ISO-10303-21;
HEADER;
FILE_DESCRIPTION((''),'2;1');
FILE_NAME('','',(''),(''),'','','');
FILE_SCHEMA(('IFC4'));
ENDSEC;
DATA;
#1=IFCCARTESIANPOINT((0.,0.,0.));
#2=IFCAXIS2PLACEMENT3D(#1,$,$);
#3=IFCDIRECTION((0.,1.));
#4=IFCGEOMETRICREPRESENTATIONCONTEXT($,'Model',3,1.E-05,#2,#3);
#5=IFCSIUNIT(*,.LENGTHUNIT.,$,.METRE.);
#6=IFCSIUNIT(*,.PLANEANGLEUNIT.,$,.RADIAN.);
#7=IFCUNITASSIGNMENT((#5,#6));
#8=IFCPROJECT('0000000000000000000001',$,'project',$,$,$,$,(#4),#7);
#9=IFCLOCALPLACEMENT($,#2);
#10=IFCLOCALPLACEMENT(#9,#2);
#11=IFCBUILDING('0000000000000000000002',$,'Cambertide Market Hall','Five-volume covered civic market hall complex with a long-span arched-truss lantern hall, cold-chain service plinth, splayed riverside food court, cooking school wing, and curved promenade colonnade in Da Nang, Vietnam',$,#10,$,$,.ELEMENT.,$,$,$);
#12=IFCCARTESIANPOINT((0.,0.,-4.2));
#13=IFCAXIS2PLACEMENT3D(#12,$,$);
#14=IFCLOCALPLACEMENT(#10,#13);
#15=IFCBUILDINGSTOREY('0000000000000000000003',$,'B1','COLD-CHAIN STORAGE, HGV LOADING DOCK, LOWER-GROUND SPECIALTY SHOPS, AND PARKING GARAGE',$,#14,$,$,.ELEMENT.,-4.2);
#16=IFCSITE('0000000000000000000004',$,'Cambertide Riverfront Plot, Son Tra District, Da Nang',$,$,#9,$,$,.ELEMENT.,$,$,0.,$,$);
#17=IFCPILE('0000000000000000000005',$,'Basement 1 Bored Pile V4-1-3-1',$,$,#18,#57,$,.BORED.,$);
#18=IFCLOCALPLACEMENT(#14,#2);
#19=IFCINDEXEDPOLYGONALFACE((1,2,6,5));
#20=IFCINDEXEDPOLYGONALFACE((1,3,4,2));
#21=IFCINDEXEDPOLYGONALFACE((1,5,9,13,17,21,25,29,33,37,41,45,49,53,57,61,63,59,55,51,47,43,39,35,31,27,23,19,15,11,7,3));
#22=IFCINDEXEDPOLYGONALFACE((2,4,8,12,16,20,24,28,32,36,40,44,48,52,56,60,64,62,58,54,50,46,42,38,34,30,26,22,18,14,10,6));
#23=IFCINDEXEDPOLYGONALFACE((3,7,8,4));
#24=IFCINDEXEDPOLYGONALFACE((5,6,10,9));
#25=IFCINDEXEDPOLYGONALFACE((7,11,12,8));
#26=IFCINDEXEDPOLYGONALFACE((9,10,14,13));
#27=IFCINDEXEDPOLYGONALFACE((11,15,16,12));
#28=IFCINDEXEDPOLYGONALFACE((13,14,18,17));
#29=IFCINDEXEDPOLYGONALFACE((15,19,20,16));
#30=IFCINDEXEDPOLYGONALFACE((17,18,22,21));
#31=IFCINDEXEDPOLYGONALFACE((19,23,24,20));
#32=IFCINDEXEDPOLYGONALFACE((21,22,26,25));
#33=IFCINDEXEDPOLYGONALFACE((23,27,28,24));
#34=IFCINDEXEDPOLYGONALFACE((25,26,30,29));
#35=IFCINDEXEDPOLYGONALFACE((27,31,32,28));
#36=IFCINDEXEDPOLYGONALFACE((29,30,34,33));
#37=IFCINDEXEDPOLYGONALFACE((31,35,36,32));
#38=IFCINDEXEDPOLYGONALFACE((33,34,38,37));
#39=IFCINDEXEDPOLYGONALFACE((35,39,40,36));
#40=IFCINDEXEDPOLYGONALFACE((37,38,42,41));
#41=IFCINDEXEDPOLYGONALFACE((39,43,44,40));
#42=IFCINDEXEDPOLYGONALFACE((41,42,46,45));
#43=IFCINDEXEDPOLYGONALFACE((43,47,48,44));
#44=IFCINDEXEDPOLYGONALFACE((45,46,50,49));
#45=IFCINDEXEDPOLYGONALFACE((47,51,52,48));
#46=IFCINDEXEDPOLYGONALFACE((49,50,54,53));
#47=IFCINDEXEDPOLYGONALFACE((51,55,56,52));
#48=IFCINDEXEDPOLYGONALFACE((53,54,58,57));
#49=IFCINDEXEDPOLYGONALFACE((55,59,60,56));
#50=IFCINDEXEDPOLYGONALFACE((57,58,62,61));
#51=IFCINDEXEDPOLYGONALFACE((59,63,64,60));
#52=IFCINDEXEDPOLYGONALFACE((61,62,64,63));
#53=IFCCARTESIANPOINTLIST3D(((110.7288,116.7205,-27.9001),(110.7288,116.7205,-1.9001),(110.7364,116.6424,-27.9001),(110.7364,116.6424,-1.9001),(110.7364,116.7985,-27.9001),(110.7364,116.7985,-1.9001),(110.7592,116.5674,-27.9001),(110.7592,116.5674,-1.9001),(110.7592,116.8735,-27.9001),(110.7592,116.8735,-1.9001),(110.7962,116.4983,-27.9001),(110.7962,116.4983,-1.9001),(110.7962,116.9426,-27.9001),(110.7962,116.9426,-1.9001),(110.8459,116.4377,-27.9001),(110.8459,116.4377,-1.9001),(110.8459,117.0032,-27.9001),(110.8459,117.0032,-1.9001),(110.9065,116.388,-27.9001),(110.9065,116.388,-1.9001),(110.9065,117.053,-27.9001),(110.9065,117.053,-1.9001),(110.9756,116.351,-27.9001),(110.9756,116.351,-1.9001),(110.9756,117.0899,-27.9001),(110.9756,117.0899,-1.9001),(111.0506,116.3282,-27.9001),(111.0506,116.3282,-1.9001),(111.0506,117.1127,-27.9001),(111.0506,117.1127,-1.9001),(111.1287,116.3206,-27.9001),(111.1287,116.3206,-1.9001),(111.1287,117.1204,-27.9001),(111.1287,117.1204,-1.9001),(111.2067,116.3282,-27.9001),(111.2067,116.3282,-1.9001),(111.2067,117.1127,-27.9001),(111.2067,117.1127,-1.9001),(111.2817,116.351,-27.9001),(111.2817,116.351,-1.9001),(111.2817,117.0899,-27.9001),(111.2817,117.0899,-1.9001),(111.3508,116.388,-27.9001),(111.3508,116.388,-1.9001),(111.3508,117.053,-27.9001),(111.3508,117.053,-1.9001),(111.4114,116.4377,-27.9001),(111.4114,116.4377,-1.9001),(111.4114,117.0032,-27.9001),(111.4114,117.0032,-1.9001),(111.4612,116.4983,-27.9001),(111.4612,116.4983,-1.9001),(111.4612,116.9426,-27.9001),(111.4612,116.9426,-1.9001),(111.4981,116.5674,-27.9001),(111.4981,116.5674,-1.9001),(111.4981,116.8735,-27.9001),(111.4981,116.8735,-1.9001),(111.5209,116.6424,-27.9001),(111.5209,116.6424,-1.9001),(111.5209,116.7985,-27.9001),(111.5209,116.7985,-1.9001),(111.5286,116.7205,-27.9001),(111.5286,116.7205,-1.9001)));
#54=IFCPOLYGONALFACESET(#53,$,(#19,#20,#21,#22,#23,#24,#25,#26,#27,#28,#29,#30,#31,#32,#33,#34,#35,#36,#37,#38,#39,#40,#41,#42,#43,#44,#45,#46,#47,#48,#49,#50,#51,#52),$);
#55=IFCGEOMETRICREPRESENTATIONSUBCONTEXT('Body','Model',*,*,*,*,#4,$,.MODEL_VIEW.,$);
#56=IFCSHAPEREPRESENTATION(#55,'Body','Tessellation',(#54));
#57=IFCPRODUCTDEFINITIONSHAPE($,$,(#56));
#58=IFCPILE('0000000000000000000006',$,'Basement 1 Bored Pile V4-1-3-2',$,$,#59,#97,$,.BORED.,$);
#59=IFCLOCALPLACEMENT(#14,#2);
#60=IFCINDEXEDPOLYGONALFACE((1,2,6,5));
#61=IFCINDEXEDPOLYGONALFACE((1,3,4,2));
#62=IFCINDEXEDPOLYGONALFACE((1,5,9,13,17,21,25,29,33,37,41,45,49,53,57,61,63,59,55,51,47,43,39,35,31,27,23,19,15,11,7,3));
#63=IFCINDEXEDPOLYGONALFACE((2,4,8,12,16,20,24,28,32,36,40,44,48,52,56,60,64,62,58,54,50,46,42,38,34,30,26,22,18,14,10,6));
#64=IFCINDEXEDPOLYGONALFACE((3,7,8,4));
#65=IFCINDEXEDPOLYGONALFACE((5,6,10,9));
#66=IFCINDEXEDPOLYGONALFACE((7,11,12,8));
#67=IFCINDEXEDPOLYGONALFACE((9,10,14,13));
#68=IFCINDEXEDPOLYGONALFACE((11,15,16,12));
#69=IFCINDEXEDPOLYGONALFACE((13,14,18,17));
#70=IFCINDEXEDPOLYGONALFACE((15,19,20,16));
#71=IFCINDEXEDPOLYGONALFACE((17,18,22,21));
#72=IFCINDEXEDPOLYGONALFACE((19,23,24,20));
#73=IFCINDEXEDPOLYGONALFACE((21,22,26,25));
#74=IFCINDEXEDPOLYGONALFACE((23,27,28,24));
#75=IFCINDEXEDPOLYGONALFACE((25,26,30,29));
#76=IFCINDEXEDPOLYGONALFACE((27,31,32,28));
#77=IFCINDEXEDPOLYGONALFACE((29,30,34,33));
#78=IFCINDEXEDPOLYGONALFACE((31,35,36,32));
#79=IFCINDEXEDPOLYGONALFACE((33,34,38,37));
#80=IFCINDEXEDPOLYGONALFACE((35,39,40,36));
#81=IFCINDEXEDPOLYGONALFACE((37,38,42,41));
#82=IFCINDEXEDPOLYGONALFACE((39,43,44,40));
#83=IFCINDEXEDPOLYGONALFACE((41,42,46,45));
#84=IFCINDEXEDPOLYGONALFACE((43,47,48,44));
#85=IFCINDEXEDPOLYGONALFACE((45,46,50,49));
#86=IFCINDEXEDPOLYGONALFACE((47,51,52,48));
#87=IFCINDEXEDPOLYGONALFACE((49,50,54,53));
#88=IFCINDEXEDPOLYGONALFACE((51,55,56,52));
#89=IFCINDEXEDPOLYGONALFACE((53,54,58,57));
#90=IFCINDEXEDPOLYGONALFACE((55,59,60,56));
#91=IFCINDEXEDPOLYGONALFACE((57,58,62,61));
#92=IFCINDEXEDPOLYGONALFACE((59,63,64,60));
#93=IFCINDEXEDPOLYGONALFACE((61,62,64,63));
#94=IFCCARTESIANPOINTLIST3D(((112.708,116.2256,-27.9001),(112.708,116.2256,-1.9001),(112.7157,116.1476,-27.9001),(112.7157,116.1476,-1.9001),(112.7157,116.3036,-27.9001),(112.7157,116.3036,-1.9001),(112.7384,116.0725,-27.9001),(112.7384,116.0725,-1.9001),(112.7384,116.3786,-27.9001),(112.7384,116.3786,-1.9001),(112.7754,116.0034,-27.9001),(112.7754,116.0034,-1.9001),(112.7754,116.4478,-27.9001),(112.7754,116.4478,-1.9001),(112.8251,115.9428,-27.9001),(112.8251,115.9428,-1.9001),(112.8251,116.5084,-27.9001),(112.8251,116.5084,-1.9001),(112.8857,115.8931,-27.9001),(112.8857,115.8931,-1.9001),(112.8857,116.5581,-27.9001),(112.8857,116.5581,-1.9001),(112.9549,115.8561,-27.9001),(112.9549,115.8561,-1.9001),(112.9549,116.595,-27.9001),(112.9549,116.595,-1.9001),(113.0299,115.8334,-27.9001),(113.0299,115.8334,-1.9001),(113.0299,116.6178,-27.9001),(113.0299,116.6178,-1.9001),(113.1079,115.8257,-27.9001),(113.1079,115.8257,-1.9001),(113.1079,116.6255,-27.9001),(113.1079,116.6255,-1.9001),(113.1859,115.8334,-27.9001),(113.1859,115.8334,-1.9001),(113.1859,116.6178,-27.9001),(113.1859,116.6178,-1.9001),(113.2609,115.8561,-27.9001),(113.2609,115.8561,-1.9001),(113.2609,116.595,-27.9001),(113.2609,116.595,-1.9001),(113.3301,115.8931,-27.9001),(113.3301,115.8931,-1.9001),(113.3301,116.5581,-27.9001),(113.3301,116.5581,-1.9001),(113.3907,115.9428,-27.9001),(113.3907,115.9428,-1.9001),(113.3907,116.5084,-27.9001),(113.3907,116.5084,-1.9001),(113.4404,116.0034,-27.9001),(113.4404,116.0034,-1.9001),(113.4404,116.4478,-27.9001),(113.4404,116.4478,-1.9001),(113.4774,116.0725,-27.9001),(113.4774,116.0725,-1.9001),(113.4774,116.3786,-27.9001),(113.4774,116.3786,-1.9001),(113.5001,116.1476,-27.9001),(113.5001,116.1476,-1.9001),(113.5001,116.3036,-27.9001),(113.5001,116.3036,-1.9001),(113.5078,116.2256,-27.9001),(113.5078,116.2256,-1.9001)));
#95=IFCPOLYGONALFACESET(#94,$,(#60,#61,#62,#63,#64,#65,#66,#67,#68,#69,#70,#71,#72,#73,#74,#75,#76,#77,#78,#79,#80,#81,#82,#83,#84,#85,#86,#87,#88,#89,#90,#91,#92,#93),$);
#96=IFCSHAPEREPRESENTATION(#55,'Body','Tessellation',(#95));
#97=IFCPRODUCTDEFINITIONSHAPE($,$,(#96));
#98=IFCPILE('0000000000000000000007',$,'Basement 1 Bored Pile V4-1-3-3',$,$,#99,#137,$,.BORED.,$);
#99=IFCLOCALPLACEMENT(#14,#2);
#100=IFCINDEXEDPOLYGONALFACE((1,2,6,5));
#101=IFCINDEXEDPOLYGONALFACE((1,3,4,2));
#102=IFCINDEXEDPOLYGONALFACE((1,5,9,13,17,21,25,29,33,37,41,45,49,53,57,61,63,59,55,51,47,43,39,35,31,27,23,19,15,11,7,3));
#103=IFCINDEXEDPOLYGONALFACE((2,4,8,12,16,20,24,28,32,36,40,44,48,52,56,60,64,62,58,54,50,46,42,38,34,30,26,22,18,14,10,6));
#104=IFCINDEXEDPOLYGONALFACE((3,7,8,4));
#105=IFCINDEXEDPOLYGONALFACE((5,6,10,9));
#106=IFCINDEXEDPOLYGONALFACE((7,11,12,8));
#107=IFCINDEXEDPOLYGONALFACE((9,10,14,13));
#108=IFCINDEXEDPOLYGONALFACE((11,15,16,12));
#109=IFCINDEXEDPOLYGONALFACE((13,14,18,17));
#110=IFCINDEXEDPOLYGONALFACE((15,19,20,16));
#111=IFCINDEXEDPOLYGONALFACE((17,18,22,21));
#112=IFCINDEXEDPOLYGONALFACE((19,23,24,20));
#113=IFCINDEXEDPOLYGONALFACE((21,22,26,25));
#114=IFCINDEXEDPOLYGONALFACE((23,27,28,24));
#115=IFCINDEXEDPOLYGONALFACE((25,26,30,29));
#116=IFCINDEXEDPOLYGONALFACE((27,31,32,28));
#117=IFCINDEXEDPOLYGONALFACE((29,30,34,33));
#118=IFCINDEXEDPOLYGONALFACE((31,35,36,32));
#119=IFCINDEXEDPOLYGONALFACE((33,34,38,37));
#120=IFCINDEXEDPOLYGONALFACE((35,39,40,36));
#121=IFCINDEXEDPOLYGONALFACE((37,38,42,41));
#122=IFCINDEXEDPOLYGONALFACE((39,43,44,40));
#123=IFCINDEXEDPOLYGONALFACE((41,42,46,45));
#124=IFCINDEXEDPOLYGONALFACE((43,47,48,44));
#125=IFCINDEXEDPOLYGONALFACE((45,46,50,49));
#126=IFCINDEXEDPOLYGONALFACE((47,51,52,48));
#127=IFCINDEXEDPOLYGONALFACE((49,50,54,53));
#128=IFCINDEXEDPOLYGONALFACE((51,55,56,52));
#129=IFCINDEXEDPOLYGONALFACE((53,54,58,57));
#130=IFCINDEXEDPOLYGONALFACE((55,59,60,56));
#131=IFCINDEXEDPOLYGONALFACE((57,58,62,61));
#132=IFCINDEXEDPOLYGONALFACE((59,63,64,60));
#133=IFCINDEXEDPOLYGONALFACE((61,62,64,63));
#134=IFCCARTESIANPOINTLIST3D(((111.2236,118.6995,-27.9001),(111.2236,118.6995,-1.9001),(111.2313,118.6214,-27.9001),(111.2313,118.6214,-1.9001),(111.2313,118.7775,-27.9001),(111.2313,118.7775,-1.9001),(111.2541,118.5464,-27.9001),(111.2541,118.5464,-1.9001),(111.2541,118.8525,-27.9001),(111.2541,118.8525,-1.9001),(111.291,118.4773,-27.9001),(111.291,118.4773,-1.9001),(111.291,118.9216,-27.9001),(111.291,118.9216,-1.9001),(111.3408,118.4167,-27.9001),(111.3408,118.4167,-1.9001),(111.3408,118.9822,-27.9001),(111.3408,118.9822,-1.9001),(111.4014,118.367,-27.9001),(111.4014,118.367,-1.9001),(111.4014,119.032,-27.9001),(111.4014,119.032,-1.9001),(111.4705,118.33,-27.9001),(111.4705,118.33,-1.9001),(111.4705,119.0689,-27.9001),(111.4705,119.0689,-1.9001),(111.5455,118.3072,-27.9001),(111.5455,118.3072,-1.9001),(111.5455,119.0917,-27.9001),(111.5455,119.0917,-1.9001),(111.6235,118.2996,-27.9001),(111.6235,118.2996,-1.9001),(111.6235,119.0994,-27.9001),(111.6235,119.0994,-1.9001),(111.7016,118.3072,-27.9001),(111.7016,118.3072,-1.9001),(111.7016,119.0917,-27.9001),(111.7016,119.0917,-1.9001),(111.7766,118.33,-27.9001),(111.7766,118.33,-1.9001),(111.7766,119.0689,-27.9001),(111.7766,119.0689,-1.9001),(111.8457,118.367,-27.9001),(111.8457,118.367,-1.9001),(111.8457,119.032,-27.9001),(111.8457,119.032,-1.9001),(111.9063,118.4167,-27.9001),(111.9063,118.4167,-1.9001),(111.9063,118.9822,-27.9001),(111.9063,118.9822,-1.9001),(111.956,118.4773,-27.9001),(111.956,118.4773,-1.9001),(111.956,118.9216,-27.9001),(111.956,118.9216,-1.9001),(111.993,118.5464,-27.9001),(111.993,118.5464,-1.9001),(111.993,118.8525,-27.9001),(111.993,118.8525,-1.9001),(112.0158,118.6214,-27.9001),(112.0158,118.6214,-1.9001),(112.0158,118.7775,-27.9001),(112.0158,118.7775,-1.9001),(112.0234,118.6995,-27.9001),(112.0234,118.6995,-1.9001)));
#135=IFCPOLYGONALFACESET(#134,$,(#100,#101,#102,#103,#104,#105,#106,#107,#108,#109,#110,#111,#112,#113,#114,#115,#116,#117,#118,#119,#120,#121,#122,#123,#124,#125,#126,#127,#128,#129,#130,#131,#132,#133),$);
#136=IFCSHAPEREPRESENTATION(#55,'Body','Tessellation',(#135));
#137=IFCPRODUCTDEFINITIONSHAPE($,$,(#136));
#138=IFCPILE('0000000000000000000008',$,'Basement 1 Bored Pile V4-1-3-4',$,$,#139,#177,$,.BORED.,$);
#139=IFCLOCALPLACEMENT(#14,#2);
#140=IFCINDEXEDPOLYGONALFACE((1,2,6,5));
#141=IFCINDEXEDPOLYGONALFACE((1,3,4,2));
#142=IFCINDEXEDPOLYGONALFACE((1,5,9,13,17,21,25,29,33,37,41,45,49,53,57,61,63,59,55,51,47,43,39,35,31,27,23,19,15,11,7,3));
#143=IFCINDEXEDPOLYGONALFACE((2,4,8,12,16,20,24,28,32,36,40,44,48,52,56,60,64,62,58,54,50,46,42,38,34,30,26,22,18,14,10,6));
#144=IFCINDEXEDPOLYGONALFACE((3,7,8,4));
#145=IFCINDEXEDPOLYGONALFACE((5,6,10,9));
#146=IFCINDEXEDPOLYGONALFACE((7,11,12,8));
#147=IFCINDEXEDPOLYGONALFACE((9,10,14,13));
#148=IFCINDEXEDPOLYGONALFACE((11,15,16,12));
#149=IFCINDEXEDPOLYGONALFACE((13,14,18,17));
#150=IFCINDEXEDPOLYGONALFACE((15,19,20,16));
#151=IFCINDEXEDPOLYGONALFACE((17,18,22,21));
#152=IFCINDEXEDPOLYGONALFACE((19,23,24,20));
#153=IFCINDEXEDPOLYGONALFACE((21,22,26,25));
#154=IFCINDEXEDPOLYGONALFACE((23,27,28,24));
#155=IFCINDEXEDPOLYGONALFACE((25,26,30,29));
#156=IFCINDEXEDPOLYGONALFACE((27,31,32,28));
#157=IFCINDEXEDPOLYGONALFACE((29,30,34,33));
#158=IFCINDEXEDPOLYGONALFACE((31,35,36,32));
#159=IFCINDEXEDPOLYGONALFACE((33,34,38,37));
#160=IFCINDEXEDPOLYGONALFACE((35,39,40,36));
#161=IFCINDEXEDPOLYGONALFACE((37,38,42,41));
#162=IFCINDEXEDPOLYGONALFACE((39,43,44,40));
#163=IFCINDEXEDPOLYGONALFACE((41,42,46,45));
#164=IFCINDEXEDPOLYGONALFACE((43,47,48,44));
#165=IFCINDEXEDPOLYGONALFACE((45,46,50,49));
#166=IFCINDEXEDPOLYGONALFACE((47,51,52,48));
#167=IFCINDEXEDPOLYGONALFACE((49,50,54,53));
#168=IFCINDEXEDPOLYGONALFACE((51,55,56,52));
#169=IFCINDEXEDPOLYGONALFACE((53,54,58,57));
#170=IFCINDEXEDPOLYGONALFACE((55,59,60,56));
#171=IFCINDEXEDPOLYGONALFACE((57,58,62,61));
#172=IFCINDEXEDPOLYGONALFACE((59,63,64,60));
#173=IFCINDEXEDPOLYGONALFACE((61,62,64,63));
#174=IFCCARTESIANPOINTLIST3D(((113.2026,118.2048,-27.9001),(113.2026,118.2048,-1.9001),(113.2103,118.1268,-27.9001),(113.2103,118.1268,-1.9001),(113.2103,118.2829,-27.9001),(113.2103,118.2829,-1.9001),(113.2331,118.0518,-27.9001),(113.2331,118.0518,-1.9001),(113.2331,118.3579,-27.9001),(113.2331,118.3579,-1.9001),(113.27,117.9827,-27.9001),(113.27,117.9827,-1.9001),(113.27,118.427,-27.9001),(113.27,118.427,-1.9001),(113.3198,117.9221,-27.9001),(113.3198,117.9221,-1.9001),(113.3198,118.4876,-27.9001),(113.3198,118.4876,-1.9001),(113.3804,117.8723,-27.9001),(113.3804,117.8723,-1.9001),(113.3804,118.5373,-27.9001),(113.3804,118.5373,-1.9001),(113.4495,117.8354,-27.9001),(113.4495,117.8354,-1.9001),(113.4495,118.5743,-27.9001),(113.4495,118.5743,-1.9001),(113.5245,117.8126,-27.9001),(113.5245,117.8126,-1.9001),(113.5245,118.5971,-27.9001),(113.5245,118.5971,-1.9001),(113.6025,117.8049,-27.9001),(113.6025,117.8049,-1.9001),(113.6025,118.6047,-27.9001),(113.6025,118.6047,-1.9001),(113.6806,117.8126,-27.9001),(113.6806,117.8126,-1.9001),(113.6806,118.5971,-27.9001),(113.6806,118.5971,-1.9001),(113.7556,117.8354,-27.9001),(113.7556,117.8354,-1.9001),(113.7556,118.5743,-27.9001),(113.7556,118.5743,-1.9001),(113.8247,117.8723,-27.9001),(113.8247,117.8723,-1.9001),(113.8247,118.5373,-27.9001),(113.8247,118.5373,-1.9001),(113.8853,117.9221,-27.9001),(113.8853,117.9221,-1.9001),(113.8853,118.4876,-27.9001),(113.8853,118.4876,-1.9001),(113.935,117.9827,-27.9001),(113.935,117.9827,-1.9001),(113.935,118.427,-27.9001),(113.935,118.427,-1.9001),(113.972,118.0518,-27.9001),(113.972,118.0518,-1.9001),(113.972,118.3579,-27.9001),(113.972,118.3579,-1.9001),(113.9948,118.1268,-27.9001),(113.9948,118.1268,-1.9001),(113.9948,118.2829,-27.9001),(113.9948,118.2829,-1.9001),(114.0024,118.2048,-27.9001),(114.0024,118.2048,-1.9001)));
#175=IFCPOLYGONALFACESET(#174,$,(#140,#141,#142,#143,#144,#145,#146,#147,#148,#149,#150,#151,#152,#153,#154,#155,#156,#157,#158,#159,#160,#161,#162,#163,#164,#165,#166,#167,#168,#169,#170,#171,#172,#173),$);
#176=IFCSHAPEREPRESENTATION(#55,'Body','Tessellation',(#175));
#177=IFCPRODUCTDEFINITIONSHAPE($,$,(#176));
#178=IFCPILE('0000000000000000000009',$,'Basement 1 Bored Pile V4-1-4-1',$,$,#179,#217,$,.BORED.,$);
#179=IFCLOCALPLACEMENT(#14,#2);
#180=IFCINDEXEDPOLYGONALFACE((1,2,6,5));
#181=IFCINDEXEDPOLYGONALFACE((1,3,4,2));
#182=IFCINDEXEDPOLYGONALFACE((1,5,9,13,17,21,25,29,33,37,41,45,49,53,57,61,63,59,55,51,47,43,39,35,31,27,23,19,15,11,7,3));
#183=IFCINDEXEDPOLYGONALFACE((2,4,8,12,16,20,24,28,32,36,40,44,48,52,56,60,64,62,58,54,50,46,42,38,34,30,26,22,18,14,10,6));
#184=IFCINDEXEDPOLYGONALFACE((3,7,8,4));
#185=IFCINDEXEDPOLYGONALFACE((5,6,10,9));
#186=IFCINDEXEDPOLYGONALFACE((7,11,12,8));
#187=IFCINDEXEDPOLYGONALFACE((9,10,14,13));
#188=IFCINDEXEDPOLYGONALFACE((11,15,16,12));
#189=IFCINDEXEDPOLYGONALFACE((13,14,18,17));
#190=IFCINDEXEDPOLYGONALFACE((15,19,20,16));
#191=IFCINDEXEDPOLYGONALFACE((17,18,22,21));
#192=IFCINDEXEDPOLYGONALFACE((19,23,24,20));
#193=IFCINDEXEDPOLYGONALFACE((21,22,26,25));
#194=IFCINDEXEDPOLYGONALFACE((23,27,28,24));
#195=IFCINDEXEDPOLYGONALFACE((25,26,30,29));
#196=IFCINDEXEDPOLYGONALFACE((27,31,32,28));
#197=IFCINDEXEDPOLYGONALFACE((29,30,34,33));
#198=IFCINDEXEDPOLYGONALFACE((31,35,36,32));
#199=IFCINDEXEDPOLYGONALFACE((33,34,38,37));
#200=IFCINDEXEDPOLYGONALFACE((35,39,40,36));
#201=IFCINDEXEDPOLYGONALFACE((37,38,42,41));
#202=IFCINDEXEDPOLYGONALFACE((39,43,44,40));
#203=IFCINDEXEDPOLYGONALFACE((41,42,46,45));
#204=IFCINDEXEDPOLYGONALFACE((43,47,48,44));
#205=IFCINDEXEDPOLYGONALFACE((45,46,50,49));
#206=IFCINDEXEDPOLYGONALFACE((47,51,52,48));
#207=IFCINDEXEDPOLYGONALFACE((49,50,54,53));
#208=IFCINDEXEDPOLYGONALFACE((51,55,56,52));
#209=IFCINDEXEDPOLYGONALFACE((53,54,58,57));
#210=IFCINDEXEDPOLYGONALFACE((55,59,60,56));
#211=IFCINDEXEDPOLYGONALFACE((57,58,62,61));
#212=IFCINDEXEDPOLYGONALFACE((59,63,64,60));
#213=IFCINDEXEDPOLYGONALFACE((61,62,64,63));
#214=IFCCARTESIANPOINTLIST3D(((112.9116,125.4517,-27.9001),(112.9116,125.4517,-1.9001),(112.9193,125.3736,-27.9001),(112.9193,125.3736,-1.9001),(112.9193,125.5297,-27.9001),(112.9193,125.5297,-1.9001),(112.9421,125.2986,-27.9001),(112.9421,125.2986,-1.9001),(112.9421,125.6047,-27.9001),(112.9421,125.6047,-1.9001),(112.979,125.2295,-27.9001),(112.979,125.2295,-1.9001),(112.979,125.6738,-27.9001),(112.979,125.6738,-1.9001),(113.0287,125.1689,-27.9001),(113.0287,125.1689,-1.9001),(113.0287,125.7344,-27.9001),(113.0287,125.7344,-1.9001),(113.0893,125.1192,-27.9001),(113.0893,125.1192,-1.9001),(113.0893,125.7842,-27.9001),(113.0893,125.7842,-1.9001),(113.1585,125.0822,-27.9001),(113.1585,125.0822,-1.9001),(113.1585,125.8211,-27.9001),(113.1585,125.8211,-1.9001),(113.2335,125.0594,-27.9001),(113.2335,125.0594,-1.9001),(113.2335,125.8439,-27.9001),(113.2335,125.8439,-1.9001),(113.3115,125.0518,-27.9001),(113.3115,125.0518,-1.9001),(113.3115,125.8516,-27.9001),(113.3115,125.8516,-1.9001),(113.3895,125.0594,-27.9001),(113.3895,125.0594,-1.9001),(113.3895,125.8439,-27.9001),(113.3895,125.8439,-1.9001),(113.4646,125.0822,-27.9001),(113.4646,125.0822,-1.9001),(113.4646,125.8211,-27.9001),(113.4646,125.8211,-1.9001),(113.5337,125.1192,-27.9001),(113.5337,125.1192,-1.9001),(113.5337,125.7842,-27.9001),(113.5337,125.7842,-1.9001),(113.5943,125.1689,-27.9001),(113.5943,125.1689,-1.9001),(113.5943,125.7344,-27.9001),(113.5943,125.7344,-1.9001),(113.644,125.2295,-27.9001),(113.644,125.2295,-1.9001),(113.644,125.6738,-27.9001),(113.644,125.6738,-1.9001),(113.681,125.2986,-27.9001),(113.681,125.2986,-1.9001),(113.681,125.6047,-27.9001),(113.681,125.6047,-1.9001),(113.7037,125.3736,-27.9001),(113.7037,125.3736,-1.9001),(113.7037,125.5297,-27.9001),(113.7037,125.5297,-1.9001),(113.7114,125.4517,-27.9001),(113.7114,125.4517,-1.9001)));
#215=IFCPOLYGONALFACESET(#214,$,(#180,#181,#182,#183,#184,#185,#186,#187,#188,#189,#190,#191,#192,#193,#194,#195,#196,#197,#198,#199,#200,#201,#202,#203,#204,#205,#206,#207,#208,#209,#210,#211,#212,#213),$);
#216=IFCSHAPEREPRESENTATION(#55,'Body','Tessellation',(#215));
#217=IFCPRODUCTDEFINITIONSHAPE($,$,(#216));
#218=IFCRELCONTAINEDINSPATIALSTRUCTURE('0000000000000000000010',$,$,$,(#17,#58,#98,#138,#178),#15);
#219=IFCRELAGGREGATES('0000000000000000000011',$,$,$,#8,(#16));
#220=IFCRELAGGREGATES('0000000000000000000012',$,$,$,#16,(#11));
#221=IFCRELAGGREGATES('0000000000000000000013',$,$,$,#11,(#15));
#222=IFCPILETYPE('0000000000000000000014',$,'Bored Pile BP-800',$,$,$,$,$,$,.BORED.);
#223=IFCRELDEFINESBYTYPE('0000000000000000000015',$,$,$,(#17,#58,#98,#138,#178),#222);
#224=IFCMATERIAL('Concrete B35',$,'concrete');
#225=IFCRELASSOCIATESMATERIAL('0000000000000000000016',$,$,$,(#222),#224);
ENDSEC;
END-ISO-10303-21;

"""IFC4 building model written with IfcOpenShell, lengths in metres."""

from ifc_helpers import new_model, si_unit, direction, frame, origin, origin_2d, place, context, subcontext, project, spatial, circle, extrude, material, material_profile, profile_set, type_object, element, save


model = new_model("IFC4")

# Units and contexts
model_context = context("Model", 3, precision=1e-05, world=origin(), true_north=direction((0.0, 1.0)))
body_context = subcontext(model_context, "Body", "Model", "MODEL_VIEW")
ifc_project = project(units=[si_unit("LENGTHUNIT", "METRE"), si_unit("PLANEANGLEUNIT", "RADIAN")], contexts=[model_context])

# Site, building, storey
site_placement = place(None, origin())
site = spatial("IfcSite", under=ifc_project, at=site_placement, Name="Cambertide Riverfront Plot, Son Tra District, Da Nang", CompositionType="ELEMENT", RefElevation=0.0)
building_placement = place(site_placement, origin())
building = spatial("IfcBuilding", under=site, at=building_placement, Name="Cambertide Market Hall", Description="Five-volume covered civic market hall complex with a long-span arched-truss lantern hall, cold-chain service plinth, splayed riverside food court, cooking school wing, and curved promenade colonnade in Da Nang, Vietnam", CompositionType="ELEMENT")
storey_placement = place(building_placement, frame((0.0, 0.0, -4.2)))
storey = spatial("IfcBuildingStorey", under=building, at=storey_placement, Name="B1", Description="COLD-CHAIN STORAGE, HGV LOADING DOCK, LOWER-GROUND SPECIALTY SHOPS, AND PARKING GARAGE", CompositionType="ELEMENT", Elevation=-4.2)

# Piles
ifc_material_1 = material(Name="Concrete B35", Category="concrete")
ifc_material_profile_1 = material_profile(ifc_material_1, circle(Radius=0.3999, at=origin_2d()), Name="BP D800")
ifc_profile_set_1 = profile_set([ifc_material_profile_1], Name="Concrete B35")
pile_type_1 = type_object("IfcPileType", Name="Bored Pile BP-800", PredefinedType="BORED", material=ifc_profile_set_1)
for number, where, z_axis, x_axis, name in (
    (1, (111.1287, 116.7205, -1.9001), (0.0, 0.0, -1.0), (1.0, 0.0, 0.0), "Basement 1 Bored Pile V4-1-3-1"),
    (2, (113.1079, 116.2256, -1.9001), (0.0, 0.0, -1.0), (1.0, 0.0, 0.0), "Basement 1 Bored Pile V4-1-3-2"),
    (3, (111.6235, 118.6995, -1.9001), (0.0, 0.0, -1.0), (1.0, 0.0, 0.0), "Basement 1 Bored Pile V4-1-3-3"),
    (4, (113.6025, 118.2048, -1.9001), (0.0, 0.0, -1.0), (1.0, 0.0, 0.0), "Basement 1 Bored Pile V4-1-3-4"),
    (5, (113.3115, 125.4517, -1.9001), (0.0, 0.0, -1.0), (1.0, 0.0, 0.0), "Basement 1 Bored Pile V4-1-4-1"),
):
    element("IfcPile", number, at=place(storey_placement, frame(where, z_axis=z_axis, x_axis=x_axis)), inside=storey, type_object=pile_type_1, Name=name, PredefinedType="BORED", context=body_context, shape_type="SweptSolid", body=[
        extrude(circle(Radius=0.3999, at=origin_2d()), origin(), (0.0, 0.0, 1.0), 26.0),
    ])

save(model, "model.ifc")
